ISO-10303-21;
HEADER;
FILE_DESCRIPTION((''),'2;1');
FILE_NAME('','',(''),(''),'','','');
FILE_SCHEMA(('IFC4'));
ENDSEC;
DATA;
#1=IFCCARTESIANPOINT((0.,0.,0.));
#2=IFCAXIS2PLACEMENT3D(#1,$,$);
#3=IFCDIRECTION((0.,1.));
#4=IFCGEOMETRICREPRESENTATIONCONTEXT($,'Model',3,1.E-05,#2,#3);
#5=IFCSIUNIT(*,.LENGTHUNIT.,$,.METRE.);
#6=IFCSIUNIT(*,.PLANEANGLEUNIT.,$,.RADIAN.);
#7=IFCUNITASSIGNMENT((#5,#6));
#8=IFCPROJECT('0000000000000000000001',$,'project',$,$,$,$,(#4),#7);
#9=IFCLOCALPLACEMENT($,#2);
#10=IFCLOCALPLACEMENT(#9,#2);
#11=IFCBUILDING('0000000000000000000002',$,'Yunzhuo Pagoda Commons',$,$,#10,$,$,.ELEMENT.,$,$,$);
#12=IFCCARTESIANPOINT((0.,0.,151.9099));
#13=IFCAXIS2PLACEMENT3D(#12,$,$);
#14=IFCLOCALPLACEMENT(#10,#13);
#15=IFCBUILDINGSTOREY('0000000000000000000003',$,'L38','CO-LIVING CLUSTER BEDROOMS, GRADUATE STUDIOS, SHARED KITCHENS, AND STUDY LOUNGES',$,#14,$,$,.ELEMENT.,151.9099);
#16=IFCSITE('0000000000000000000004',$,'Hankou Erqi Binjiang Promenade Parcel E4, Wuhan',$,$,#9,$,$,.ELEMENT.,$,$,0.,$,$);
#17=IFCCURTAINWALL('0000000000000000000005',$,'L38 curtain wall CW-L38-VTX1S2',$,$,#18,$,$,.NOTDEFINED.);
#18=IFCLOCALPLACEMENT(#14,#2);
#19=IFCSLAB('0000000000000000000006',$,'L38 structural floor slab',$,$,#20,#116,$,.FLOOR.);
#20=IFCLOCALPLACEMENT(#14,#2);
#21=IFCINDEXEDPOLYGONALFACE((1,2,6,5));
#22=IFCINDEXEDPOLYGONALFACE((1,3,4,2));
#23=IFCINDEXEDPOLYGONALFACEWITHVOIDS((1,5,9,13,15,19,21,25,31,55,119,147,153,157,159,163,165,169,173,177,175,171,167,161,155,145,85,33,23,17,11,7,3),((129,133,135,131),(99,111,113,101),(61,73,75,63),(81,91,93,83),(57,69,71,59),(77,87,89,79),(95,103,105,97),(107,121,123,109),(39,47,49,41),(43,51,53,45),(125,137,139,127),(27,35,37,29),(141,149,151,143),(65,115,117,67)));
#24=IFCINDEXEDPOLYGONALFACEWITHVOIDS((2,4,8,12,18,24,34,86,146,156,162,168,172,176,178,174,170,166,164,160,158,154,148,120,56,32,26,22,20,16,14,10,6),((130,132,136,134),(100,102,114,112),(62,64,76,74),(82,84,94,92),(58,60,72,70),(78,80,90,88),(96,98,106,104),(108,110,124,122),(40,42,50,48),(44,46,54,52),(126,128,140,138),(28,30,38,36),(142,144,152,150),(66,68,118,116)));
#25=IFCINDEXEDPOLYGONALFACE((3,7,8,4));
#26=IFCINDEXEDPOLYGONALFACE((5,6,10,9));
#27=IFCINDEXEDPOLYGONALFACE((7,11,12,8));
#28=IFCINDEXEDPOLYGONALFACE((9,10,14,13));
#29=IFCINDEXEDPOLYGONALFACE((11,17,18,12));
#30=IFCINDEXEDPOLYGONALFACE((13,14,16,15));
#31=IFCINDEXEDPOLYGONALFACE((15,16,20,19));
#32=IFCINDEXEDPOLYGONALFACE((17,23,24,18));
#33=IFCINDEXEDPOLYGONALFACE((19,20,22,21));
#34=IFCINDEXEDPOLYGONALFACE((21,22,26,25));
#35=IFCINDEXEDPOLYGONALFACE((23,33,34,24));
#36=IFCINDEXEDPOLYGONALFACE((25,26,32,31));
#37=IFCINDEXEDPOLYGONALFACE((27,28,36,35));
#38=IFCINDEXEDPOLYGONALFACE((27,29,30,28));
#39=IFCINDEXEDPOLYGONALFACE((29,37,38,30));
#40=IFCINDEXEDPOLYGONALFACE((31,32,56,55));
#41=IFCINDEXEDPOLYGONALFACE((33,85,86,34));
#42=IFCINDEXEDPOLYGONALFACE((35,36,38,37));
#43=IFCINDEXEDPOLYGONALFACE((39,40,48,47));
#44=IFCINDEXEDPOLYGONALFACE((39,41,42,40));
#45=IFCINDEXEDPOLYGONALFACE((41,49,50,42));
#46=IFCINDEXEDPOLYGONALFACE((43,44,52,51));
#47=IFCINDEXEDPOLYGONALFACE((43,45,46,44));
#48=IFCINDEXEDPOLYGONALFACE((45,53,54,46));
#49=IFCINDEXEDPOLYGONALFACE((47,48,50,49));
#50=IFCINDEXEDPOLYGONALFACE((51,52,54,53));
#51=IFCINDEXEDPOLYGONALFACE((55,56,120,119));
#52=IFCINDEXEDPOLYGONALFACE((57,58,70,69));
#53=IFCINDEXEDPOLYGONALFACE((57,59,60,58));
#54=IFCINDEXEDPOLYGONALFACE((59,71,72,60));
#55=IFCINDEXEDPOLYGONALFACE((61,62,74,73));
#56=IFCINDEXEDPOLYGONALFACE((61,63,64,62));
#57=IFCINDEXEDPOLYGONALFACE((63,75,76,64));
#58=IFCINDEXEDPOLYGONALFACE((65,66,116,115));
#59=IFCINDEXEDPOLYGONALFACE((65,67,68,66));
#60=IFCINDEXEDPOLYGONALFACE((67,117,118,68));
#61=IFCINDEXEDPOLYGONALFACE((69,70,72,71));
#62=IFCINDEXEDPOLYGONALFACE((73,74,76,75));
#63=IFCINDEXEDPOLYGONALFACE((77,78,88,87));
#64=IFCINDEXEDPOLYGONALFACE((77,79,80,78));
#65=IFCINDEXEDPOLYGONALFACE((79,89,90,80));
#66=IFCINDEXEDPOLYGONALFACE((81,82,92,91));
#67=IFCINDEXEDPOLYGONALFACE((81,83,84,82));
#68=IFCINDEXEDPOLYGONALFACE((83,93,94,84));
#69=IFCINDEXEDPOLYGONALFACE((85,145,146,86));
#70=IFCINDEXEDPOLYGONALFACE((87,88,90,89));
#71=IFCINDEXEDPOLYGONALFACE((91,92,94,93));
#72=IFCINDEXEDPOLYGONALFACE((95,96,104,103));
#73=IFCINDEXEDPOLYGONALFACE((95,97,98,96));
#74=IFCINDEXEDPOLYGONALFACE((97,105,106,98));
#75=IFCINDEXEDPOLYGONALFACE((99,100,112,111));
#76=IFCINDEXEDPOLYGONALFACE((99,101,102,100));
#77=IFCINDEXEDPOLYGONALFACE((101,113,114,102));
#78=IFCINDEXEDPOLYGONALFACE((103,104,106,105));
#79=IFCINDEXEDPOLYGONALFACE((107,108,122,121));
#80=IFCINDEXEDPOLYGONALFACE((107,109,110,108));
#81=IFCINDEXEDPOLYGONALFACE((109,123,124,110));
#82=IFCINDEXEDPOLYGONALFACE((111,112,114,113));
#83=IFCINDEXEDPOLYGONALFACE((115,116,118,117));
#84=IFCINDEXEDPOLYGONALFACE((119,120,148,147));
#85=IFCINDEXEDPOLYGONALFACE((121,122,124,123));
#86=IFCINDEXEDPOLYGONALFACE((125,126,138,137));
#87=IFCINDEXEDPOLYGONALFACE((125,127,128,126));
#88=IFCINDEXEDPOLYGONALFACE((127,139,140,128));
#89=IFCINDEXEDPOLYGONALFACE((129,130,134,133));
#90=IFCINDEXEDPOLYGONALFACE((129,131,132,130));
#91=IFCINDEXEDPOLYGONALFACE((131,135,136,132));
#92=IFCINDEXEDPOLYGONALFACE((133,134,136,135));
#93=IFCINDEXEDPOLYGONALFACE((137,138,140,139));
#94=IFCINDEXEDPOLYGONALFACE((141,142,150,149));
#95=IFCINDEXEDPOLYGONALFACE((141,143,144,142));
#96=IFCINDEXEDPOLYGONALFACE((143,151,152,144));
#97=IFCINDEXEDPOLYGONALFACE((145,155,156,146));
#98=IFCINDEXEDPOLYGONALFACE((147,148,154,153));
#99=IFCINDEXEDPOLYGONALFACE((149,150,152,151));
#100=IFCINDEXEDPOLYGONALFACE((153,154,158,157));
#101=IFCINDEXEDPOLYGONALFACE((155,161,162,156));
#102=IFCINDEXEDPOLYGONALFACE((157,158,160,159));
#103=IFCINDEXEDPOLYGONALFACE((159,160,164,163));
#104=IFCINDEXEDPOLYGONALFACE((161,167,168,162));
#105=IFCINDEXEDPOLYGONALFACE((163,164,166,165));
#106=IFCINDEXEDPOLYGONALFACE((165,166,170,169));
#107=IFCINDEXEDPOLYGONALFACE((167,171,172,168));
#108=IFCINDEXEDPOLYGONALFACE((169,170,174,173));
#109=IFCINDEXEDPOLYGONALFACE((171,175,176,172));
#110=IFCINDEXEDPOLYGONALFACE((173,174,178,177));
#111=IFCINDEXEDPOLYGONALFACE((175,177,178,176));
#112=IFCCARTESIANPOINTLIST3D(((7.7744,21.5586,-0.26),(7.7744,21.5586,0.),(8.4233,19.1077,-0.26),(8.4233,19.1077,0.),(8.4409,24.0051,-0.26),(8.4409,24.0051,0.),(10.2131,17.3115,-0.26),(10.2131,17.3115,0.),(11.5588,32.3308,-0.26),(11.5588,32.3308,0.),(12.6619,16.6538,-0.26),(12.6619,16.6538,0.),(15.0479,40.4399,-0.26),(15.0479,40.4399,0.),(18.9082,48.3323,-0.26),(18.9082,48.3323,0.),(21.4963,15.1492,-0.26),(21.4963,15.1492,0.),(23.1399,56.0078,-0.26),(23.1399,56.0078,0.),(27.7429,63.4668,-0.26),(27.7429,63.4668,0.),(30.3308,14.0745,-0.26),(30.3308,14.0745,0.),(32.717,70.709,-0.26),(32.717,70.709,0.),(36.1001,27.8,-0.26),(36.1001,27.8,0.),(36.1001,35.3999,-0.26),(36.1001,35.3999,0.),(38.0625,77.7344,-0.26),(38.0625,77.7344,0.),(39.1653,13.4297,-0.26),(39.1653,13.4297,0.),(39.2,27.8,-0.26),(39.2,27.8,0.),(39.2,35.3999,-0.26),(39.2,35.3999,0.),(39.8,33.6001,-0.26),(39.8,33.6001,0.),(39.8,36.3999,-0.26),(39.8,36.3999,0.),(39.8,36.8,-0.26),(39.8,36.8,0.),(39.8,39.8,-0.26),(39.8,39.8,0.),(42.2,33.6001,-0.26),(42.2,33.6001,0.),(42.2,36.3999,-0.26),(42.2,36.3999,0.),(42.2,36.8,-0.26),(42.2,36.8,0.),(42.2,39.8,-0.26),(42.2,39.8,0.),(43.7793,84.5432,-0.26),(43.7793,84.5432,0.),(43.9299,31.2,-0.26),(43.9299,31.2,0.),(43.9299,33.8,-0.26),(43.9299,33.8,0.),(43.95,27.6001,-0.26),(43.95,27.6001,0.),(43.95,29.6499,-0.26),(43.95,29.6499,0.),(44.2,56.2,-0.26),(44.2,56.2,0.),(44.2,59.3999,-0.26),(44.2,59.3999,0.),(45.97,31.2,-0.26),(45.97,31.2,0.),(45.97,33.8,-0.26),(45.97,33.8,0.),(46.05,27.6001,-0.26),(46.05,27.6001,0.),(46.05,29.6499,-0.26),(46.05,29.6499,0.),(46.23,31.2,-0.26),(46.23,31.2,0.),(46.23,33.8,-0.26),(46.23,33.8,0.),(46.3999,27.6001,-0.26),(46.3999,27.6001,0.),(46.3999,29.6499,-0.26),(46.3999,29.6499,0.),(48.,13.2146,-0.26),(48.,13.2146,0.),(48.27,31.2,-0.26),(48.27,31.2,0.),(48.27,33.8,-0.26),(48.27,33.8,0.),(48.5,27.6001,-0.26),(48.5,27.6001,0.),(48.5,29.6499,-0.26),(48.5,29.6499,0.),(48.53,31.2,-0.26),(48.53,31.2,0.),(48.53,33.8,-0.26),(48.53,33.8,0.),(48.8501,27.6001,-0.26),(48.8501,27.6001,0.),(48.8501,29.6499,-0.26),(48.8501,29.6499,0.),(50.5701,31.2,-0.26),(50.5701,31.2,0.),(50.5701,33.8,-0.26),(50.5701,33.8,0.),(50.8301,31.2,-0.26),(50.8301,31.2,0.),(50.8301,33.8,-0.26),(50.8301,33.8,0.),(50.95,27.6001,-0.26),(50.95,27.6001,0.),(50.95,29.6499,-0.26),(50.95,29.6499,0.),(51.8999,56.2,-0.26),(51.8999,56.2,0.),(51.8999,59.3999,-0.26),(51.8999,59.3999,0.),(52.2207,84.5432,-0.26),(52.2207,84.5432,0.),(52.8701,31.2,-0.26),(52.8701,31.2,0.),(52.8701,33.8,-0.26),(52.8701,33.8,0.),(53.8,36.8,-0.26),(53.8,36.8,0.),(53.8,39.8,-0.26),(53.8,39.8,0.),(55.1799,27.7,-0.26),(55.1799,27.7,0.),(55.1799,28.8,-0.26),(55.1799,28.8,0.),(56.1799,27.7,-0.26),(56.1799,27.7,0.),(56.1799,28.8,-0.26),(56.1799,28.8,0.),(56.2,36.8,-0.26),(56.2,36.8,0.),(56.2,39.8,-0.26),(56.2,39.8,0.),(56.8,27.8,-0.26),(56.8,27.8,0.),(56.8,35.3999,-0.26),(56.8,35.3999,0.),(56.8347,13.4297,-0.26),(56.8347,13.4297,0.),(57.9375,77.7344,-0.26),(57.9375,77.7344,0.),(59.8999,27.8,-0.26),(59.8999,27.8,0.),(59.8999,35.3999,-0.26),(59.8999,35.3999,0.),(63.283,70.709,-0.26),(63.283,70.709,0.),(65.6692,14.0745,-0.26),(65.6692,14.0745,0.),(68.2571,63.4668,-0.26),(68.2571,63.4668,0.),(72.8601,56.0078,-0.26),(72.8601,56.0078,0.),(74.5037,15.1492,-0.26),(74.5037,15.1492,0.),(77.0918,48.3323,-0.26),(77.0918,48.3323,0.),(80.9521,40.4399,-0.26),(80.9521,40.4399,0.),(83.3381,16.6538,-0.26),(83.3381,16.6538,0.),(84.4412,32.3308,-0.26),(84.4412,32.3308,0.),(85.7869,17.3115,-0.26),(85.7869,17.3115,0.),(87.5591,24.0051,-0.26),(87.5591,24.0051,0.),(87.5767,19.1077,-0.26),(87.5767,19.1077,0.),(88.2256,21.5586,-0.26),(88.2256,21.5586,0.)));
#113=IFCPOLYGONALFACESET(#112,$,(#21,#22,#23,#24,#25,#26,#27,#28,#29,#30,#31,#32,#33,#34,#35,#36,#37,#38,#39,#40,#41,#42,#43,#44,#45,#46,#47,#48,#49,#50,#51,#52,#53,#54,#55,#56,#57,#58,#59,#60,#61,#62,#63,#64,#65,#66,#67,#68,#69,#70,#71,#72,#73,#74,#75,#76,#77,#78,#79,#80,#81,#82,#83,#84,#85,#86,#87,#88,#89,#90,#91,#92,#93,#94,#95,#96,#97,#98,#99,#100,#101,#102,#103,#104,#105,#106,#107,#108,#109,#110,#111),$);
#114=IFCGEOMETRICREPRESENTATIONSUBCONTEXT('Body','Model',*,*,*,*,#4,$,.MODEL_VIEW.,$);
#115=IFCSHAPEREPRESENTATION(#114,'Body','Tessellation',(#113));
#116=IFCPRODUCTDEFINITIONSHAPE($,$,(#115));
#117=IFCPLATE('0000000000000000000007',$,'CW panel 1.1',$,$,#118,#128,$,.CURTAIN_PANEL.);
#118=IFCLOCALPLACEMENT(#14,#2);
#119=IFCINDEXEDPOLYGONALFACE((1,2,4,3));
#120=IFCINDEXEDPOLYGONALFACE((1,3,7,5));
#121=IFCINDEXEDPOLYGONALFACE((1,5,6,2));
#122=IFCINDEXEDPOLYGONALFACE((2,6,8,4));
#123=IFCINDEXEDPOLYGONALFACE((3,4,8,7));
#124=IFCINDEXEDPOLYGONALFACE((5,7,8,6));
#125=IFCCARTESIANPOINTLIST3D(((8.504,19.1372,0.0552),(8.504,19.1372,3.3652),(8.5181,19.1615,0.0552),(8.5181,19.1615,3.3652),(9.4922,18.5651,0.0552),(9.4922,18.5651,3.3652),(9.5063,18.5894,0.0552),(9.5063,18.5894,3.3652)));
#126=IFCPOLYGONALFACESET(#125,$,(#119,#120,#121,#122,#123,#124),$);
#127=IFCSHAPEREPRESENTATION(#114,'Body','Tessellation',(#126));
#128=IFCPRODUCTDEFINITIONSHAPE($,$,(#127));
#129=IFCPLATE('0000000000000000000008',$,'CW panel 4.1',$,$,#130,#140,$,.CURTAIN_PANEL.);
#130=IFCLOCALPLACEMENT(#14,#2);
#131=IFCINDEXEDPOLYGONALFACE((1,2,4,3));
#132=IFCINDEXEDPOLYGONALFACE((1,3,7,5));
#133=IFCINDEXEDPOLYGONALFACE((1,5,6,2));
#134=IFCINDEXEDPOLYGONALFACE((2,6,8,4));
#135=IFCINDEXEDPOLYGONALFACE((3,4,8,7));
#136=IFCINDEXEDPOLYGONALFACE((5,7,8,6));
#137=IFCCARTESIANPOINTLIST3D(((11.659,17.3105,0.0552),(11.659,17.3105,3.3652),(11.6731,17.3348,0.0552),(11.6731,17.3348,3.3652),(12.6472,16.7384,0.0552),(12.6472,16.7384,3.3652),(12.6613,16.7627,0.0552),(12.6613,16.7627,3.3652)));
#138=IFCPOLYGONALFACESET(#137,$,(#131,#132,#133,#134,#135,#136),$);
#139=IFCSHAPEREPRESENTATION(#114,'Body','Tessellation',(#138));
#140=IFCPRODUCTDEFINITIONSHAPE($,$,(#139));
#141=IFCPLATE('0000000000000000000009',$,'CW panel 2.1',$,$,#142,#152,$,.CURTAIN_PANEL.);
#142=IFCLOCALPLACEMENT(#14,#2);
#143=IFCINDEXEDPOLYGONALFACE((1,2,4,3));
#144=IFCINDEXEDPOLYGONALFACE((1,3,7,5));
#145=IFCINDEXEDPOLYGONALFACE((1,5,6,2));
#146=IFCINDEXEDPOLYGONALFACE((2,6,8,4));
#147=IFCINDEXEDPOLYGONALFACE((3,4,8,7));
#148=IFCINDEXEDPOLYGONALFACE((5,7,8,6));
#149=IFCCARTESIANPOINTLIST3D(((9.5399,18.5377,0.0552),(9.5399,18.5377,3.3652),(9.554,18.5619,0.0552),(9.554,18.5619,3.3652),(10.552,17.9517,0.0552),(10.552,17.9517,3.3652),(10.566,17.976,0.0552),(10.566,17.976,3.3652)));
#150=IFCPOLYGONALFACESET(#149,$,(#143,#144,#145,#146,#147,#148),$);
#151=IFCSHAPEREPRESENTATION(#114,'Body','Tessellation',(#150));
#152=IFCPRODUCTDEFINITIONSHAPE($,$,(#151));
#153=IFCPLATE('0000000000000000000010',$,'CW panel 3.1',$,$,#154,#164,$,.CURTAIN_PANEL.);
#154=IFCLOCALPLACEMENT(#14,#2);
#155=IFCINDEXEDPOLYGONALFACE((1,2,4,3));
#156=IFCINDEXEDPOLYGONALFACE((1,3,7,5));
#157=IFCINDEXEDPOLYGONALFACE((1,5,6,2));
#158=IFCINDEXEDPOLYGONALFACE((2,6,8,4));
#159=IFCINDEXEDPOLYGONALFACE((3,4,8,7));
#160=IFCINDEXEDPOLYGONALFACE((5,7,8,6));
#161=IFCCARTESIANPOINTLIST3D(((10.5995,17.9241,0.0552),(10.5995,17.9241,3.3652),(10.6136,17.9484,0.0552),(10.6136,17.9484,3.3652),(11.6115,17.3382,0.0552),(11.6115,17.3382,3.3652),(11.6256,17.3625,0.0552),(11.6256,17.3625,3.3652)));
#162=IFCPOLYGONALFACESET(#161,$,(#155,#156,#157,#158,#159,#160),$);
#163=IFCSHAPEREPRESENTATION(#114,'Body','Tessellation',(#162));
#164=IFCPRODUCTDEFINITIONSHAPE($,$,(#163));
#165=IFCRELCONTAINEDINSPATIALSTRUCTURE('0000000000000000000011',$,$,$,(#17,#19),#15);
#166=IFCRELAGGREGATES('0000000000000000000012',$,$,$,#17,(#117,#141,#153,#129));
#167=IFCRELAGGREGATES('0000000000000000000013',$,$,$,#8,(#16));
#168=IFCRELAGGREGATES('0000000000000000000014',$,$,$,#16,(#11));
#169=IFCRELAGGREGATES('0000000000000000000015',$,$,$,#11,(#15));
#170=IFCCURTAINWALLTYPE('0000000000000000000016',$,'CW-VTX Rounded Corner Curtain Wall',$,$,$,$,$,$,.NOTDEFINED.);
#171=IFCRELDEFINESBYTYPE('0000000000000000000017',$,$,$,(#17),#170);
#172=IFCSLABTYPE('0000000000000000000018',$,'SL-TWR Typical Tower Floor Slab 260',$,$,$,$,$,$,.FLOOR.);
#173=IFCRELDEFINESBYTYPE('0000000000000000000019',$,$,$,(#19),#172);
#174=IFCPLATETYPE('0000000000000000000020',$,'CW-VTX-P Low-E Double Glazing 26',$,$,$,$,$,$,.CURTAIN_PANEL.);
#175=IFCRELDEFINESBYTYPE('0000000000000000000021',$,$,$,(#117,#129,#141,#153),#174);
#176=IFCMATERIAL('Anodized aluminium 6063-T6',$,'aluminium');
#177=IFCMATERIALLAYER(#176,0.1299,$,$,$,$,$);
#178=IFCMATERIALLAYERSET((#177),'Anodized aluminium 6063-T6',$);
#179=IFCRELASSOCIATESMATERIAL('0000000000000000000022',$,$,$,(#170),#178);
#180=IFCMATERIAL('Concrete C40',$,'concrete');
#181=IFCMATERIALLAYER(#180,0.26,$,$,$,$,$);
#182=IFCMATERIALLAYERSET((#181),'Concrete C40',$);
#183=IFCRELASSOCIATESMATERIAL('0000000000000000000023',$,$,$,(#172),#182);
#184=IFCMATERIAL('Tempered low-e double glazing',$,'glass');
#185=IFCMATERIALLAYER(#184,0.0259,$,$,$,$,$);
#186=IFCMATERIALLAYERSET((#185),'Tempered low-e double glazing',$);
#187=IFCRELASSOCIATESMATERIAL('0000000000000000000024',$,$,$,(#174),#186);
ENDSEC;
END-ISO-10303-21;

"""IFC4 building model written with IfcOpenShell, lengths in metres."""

from ifc_helpers import new_model, si_unit, direction, frame, origin, origin_2d, place, context, subcontext, project, spatial, polyline, rectangle, outline, extrude, source, transform, mapped, material, layer, layer_set, type_object, element, aggregate, save


model = new_model("IFC4")

# Units and contexts
model_context = context("Model", 3, precision=1e-05, world=origin(), true_north=direction((0.0, 1.0)))
body_context = subcontext(model_context, "Body", "Model", "MODEL_VIEW")
ifc_project = project(units=[si_unit("LENGTHUNIT", "METRE"), si_unit("PLANEANGLEUNIT", "RADIAN")], contexts=[model_context])

# Site, building, storey
site_placement = place(None, origin())
site = spatial("IfcSite", under=ifc_project, at=site_placement, Name="Hankou Erqi Binjiang Promenade Parcel E4, Wuhan", CompositionType="ELEMENT", RefElevation=0.0)
building_placement = place(site_placement, origin())
building = spatial("IfcBuilding", under=site, at=building_placement, Name="Yunzhuo Pagoda Commons", CompositionType="ELEMENT")
storey_placement = place(building_placement, frame((0.0, 0.0, 151.9099)))
storey = spatial("IfcBuildingStorey", under=building, at=storey_placement, Name="L38", Description="CO-LIVING CLUSTER BEDROOMS, GRADUATE STUDIOS, SHARED KITCHENS, AND STUDY LOUNGES", CompositionType="ELEMENT", Elevation=151.9099)

# Shared definitions
ifc_material_1 = material(Name="Anodized aluminium 6063-T6", Category="aluminium")

# Curtain wall
ifc_layer_1 = layer(ifc_material_1, 0.1299)
ifc_layer_set_1 = layer_set([ifc_layer_1], Name="Anodized aluminium 6063-T6")
curtain_wall_type_1 = type_object("IfcCurtainWallType", Name="CW-VTX Rounded Corner Curtain Wall", PredefinedType="NOTDEFINED", material=ifc_layer_set_1)
curtain_wall_1_placement = place(storey_placement, origin())
curtain_wall_1 = element("IfcCurtainWall", 1, at=curtain_wall_1_placement, inside=storey, type_object=curtain_wall_type_1, Name="L38 curtain wall CW-L38-VTX1S2", PredefinedType="NOTDEFINED")

# Shared definitions
ifc_material_2 = material(Name="Concrete C40", Category="concrete")

# Slab
ifc_layer_2 = layer(ifc_material_2, 0.26)
ifc_layer_set_2 = layer_set([ifc_layer_2], Name="Concrete C40")
slab_type_1 = type_object("IfcSlabType", Name="SL-TWR Typical Tower Floor Slab 260", PredefinedType="FLOOR", material=ifc_layer_set_2)
slab_1_placement = place(storey_placement, frame((0.0, 0.0, -0.26)))
element("IfcSlab", 2, at=slab_1_placement, inside=storey, type_object=slab_type_1, Name="L38 structural floor slab", PredefinedType="FLOOR", context=body_context, shape_type="SweptSolid", body=[
    extrude(outline(polyline([(11.5588, 32.3308), (15.0479, 40.4399), (18.9082, 48.3323), (23.1399, 56.0078), (27.7429, 63.4668), (32.717, 70.709), (38.0625, 77.7344), (43.7793, 84.5432), (52.2207, 84.5432), (57.9375, 77.7344), (63.283, 70.709), (68.2571, 63.4668), (72.8601, 56.0078), (77.0918, 48.3323), (80.9521, 40.4399), (84.4412, 32.3308), (87.5591, 24.0051), (88.2256, 21.5586), (87.5767, 19.1077), (85.7869, 17.3115), (83.3381, 16.6538), (74.5037, 15.1492), (65.6692, 14.0745), (56.8347, 13.4297), (48.0, 13.2146), (39.1653, 13.4297), (30.3308, 14.0745), (21.4963, 15.1492), (12.6619, 16.6538), (10.2131, 17.3115), (8.4233, 19.1077), (7.7744, 21.5586), (8.4409, 24.0051), (11.5588, 32.3308)]), holes=[polyline([(46.05, 29.6499), (43.95, 29.6499), (43.95, 27.6001), (46.05, 27.6001), (46.05, 29.6499)]), polyline([(48.5, 27.6001), (48.5, 29.6499), (46.3999, 29.6499), (46.3999, 27.6001), (48.5, 27.6001)]), polyline([(36.1001, 27.8), (39.2, 27.8), (39.2, 35.3999), (36.1001, 35.3999), (36.1001, 27.8)]), polyline([(45.97, 31.2), (45.97, 33.8), (43.9299, 33.8), (43.9299, 31.2), (45.97, 31.2)]), polyline([(48.27, 31.2), (48.27, 33.8), (46.23, 33.8), (46.23, 31.2), (48.27, 31.2)]), polyline([(42.2, 33.6001), (42.2, 36.3999), (39.8, 36.3999), (39.8, 33.6001), (42.2, 33.6001)]), polyline([(42.2, 36.8), (42.2, 39.8), (39.8, 39.8), (39.8, 36.8), (42.2, 36.8)]), polyline([(56.1799, 28.8), (55.1799, 28.8), (55.1799, 27.7), (56.1799, 27.7), (56.1799, 28.8)]), polyline([(50.95, 27.6001), (50.95, 29.6499), (48.8501, 29.6499), (48.8501, 27.6001), (50.95, 27.6001)]), polyline([(56.8, 27.8), (59.8999, 27.8), (59.8999, 35.3999), (56.8, 35.3999), (56.8, 27.8)]), polyline([(50.5701, 31.2), (50.5701, 33.8), (48.53, 33.8), (48.53, 31.2), (50.5701, 31.2)]), polyline([(52.8701, 31.2), (52.8701, 33.8), (50.8301, 33.8), (50.8301, 31.2), (52.8701, 31.2)]), polyline([(56.2, 36.8), (56.2, 39.8), (53.8, 39.8), (53.8, 36.8), (56.2, 36.8)]), polyline([(51.8999, 56.2), (51.8999, 59.3999), (44.2, 59.3999), (44.2, 56.2), (51.8999, 56.2)])]), origin(), (0.0, 0.0, 1.0), 0.26),
])

# Plates
ifc_material_3 = material(Name="Tempered low-e double glazing", Category="glass")
ifc_layer_3 = layer(ifc_material_3, 0.0259)
ifc_layer_set_3 = layer_set([ifc_layer_3], Name="Tempered low-e double glazing")
plate_type = type_object("IfcPlateType", Name="CW-VTX-P Low-E Double Glazing 26", PredefinedType="CURTAIN_PANEL", material=ifc_layer_set_3)
shared_shape_1 = source(origin(), body_context, "Body", "SweptSolid", [
    extrude(rectangle(XDim=1.1418, YDim=0.0281, at=origin_2d()), origin(), (0.0, 0.0, 1.0), 3.3101),
])
plate_1_placement = place(storey_placement, frame((9.0051, 18.8633, 0.0552), z_axis=(0.0, 0.0, 1.0), x_axis=(0.865427, -0.501035, 0.0)))
plate_1 = element("IfcPlate", 3, at=plate_1_placement, type_object=plate_type, Name="CW panel 1.1", PredefinedType="CURTAIN_PANEL", context=body_context, shape_type="MappedRepresentation", body=[
    mapped(shared_shape_1, transform((0.0, 0.0, 0.0), scale=1.0)),
])
plate_2_placement = place(storey_placement, frame((12.1602, 17.0366, 0.0552), z_axis=(0.0, 0.0, 1.0), x_axis=(0.865427, -0.501035, 0.0)))
plate_2 = element("IfcPlate", 4, at=plate_2_placement, type_object=plate_type, Name="CW panel 4.1", PredefinedType="CURTAIN_PANEL", context=body_context, shape_type="MappedRepresentation", body=[
    mapped(shared_shape_1, transform((0.0, 0.0, 0.0), scale=1.0)),
])
shared_shape_2 = source(origin(), body_context, "Body", "SweptSolid", [
    extrude(rectangle(XDim=1.1694, YDim=0.0281, at=origin_2d()), origin(), (0.0, 0.0, 1.0), 3.3101),
])
plate_3_placement = place(storey_placement, frame((10.053, 18.2568, 0.0552), z_axis=(0.0, 0.0, 1.0), x_axis=(0.865427, -0.501035, 0.0)))
plate_3 = element("IfcPlate", 5, at=plate_3_placement, type_object=plate_type, Name="CW panel 2.1", PredefinedType="CURTAIN_PANEL", context=body_context, shape_type="MappedRepresentation", body=[
    mapped(shared_shape_2, transform((0.0, 0.0, 0.0), scale=1.0)),
])
plate_4_placement = place(storey_placement, frame((11.1125, 17.6433, 0.0552), z_axis=(0.0, 0.0, 1.0), x_axis=(0.865427, -0.501035, 0.0)))
plate_4 = element("IfcPlate", 6, at=plate_4_placement, type_object=plate_type, Name="CW panel 3.1", PredefinedType="CURTAIN_PANEL", context=body_context, shape_type="MappedRepresentation", body=[
    mapped(shared_shape_2, transform((0.0, 0.0, 0.0), scale=1.0)),
])
aggregate(curtain_wall_1, [plate_1, plate_3, plate_4, plate_2])

save(model, "model.ifc")
